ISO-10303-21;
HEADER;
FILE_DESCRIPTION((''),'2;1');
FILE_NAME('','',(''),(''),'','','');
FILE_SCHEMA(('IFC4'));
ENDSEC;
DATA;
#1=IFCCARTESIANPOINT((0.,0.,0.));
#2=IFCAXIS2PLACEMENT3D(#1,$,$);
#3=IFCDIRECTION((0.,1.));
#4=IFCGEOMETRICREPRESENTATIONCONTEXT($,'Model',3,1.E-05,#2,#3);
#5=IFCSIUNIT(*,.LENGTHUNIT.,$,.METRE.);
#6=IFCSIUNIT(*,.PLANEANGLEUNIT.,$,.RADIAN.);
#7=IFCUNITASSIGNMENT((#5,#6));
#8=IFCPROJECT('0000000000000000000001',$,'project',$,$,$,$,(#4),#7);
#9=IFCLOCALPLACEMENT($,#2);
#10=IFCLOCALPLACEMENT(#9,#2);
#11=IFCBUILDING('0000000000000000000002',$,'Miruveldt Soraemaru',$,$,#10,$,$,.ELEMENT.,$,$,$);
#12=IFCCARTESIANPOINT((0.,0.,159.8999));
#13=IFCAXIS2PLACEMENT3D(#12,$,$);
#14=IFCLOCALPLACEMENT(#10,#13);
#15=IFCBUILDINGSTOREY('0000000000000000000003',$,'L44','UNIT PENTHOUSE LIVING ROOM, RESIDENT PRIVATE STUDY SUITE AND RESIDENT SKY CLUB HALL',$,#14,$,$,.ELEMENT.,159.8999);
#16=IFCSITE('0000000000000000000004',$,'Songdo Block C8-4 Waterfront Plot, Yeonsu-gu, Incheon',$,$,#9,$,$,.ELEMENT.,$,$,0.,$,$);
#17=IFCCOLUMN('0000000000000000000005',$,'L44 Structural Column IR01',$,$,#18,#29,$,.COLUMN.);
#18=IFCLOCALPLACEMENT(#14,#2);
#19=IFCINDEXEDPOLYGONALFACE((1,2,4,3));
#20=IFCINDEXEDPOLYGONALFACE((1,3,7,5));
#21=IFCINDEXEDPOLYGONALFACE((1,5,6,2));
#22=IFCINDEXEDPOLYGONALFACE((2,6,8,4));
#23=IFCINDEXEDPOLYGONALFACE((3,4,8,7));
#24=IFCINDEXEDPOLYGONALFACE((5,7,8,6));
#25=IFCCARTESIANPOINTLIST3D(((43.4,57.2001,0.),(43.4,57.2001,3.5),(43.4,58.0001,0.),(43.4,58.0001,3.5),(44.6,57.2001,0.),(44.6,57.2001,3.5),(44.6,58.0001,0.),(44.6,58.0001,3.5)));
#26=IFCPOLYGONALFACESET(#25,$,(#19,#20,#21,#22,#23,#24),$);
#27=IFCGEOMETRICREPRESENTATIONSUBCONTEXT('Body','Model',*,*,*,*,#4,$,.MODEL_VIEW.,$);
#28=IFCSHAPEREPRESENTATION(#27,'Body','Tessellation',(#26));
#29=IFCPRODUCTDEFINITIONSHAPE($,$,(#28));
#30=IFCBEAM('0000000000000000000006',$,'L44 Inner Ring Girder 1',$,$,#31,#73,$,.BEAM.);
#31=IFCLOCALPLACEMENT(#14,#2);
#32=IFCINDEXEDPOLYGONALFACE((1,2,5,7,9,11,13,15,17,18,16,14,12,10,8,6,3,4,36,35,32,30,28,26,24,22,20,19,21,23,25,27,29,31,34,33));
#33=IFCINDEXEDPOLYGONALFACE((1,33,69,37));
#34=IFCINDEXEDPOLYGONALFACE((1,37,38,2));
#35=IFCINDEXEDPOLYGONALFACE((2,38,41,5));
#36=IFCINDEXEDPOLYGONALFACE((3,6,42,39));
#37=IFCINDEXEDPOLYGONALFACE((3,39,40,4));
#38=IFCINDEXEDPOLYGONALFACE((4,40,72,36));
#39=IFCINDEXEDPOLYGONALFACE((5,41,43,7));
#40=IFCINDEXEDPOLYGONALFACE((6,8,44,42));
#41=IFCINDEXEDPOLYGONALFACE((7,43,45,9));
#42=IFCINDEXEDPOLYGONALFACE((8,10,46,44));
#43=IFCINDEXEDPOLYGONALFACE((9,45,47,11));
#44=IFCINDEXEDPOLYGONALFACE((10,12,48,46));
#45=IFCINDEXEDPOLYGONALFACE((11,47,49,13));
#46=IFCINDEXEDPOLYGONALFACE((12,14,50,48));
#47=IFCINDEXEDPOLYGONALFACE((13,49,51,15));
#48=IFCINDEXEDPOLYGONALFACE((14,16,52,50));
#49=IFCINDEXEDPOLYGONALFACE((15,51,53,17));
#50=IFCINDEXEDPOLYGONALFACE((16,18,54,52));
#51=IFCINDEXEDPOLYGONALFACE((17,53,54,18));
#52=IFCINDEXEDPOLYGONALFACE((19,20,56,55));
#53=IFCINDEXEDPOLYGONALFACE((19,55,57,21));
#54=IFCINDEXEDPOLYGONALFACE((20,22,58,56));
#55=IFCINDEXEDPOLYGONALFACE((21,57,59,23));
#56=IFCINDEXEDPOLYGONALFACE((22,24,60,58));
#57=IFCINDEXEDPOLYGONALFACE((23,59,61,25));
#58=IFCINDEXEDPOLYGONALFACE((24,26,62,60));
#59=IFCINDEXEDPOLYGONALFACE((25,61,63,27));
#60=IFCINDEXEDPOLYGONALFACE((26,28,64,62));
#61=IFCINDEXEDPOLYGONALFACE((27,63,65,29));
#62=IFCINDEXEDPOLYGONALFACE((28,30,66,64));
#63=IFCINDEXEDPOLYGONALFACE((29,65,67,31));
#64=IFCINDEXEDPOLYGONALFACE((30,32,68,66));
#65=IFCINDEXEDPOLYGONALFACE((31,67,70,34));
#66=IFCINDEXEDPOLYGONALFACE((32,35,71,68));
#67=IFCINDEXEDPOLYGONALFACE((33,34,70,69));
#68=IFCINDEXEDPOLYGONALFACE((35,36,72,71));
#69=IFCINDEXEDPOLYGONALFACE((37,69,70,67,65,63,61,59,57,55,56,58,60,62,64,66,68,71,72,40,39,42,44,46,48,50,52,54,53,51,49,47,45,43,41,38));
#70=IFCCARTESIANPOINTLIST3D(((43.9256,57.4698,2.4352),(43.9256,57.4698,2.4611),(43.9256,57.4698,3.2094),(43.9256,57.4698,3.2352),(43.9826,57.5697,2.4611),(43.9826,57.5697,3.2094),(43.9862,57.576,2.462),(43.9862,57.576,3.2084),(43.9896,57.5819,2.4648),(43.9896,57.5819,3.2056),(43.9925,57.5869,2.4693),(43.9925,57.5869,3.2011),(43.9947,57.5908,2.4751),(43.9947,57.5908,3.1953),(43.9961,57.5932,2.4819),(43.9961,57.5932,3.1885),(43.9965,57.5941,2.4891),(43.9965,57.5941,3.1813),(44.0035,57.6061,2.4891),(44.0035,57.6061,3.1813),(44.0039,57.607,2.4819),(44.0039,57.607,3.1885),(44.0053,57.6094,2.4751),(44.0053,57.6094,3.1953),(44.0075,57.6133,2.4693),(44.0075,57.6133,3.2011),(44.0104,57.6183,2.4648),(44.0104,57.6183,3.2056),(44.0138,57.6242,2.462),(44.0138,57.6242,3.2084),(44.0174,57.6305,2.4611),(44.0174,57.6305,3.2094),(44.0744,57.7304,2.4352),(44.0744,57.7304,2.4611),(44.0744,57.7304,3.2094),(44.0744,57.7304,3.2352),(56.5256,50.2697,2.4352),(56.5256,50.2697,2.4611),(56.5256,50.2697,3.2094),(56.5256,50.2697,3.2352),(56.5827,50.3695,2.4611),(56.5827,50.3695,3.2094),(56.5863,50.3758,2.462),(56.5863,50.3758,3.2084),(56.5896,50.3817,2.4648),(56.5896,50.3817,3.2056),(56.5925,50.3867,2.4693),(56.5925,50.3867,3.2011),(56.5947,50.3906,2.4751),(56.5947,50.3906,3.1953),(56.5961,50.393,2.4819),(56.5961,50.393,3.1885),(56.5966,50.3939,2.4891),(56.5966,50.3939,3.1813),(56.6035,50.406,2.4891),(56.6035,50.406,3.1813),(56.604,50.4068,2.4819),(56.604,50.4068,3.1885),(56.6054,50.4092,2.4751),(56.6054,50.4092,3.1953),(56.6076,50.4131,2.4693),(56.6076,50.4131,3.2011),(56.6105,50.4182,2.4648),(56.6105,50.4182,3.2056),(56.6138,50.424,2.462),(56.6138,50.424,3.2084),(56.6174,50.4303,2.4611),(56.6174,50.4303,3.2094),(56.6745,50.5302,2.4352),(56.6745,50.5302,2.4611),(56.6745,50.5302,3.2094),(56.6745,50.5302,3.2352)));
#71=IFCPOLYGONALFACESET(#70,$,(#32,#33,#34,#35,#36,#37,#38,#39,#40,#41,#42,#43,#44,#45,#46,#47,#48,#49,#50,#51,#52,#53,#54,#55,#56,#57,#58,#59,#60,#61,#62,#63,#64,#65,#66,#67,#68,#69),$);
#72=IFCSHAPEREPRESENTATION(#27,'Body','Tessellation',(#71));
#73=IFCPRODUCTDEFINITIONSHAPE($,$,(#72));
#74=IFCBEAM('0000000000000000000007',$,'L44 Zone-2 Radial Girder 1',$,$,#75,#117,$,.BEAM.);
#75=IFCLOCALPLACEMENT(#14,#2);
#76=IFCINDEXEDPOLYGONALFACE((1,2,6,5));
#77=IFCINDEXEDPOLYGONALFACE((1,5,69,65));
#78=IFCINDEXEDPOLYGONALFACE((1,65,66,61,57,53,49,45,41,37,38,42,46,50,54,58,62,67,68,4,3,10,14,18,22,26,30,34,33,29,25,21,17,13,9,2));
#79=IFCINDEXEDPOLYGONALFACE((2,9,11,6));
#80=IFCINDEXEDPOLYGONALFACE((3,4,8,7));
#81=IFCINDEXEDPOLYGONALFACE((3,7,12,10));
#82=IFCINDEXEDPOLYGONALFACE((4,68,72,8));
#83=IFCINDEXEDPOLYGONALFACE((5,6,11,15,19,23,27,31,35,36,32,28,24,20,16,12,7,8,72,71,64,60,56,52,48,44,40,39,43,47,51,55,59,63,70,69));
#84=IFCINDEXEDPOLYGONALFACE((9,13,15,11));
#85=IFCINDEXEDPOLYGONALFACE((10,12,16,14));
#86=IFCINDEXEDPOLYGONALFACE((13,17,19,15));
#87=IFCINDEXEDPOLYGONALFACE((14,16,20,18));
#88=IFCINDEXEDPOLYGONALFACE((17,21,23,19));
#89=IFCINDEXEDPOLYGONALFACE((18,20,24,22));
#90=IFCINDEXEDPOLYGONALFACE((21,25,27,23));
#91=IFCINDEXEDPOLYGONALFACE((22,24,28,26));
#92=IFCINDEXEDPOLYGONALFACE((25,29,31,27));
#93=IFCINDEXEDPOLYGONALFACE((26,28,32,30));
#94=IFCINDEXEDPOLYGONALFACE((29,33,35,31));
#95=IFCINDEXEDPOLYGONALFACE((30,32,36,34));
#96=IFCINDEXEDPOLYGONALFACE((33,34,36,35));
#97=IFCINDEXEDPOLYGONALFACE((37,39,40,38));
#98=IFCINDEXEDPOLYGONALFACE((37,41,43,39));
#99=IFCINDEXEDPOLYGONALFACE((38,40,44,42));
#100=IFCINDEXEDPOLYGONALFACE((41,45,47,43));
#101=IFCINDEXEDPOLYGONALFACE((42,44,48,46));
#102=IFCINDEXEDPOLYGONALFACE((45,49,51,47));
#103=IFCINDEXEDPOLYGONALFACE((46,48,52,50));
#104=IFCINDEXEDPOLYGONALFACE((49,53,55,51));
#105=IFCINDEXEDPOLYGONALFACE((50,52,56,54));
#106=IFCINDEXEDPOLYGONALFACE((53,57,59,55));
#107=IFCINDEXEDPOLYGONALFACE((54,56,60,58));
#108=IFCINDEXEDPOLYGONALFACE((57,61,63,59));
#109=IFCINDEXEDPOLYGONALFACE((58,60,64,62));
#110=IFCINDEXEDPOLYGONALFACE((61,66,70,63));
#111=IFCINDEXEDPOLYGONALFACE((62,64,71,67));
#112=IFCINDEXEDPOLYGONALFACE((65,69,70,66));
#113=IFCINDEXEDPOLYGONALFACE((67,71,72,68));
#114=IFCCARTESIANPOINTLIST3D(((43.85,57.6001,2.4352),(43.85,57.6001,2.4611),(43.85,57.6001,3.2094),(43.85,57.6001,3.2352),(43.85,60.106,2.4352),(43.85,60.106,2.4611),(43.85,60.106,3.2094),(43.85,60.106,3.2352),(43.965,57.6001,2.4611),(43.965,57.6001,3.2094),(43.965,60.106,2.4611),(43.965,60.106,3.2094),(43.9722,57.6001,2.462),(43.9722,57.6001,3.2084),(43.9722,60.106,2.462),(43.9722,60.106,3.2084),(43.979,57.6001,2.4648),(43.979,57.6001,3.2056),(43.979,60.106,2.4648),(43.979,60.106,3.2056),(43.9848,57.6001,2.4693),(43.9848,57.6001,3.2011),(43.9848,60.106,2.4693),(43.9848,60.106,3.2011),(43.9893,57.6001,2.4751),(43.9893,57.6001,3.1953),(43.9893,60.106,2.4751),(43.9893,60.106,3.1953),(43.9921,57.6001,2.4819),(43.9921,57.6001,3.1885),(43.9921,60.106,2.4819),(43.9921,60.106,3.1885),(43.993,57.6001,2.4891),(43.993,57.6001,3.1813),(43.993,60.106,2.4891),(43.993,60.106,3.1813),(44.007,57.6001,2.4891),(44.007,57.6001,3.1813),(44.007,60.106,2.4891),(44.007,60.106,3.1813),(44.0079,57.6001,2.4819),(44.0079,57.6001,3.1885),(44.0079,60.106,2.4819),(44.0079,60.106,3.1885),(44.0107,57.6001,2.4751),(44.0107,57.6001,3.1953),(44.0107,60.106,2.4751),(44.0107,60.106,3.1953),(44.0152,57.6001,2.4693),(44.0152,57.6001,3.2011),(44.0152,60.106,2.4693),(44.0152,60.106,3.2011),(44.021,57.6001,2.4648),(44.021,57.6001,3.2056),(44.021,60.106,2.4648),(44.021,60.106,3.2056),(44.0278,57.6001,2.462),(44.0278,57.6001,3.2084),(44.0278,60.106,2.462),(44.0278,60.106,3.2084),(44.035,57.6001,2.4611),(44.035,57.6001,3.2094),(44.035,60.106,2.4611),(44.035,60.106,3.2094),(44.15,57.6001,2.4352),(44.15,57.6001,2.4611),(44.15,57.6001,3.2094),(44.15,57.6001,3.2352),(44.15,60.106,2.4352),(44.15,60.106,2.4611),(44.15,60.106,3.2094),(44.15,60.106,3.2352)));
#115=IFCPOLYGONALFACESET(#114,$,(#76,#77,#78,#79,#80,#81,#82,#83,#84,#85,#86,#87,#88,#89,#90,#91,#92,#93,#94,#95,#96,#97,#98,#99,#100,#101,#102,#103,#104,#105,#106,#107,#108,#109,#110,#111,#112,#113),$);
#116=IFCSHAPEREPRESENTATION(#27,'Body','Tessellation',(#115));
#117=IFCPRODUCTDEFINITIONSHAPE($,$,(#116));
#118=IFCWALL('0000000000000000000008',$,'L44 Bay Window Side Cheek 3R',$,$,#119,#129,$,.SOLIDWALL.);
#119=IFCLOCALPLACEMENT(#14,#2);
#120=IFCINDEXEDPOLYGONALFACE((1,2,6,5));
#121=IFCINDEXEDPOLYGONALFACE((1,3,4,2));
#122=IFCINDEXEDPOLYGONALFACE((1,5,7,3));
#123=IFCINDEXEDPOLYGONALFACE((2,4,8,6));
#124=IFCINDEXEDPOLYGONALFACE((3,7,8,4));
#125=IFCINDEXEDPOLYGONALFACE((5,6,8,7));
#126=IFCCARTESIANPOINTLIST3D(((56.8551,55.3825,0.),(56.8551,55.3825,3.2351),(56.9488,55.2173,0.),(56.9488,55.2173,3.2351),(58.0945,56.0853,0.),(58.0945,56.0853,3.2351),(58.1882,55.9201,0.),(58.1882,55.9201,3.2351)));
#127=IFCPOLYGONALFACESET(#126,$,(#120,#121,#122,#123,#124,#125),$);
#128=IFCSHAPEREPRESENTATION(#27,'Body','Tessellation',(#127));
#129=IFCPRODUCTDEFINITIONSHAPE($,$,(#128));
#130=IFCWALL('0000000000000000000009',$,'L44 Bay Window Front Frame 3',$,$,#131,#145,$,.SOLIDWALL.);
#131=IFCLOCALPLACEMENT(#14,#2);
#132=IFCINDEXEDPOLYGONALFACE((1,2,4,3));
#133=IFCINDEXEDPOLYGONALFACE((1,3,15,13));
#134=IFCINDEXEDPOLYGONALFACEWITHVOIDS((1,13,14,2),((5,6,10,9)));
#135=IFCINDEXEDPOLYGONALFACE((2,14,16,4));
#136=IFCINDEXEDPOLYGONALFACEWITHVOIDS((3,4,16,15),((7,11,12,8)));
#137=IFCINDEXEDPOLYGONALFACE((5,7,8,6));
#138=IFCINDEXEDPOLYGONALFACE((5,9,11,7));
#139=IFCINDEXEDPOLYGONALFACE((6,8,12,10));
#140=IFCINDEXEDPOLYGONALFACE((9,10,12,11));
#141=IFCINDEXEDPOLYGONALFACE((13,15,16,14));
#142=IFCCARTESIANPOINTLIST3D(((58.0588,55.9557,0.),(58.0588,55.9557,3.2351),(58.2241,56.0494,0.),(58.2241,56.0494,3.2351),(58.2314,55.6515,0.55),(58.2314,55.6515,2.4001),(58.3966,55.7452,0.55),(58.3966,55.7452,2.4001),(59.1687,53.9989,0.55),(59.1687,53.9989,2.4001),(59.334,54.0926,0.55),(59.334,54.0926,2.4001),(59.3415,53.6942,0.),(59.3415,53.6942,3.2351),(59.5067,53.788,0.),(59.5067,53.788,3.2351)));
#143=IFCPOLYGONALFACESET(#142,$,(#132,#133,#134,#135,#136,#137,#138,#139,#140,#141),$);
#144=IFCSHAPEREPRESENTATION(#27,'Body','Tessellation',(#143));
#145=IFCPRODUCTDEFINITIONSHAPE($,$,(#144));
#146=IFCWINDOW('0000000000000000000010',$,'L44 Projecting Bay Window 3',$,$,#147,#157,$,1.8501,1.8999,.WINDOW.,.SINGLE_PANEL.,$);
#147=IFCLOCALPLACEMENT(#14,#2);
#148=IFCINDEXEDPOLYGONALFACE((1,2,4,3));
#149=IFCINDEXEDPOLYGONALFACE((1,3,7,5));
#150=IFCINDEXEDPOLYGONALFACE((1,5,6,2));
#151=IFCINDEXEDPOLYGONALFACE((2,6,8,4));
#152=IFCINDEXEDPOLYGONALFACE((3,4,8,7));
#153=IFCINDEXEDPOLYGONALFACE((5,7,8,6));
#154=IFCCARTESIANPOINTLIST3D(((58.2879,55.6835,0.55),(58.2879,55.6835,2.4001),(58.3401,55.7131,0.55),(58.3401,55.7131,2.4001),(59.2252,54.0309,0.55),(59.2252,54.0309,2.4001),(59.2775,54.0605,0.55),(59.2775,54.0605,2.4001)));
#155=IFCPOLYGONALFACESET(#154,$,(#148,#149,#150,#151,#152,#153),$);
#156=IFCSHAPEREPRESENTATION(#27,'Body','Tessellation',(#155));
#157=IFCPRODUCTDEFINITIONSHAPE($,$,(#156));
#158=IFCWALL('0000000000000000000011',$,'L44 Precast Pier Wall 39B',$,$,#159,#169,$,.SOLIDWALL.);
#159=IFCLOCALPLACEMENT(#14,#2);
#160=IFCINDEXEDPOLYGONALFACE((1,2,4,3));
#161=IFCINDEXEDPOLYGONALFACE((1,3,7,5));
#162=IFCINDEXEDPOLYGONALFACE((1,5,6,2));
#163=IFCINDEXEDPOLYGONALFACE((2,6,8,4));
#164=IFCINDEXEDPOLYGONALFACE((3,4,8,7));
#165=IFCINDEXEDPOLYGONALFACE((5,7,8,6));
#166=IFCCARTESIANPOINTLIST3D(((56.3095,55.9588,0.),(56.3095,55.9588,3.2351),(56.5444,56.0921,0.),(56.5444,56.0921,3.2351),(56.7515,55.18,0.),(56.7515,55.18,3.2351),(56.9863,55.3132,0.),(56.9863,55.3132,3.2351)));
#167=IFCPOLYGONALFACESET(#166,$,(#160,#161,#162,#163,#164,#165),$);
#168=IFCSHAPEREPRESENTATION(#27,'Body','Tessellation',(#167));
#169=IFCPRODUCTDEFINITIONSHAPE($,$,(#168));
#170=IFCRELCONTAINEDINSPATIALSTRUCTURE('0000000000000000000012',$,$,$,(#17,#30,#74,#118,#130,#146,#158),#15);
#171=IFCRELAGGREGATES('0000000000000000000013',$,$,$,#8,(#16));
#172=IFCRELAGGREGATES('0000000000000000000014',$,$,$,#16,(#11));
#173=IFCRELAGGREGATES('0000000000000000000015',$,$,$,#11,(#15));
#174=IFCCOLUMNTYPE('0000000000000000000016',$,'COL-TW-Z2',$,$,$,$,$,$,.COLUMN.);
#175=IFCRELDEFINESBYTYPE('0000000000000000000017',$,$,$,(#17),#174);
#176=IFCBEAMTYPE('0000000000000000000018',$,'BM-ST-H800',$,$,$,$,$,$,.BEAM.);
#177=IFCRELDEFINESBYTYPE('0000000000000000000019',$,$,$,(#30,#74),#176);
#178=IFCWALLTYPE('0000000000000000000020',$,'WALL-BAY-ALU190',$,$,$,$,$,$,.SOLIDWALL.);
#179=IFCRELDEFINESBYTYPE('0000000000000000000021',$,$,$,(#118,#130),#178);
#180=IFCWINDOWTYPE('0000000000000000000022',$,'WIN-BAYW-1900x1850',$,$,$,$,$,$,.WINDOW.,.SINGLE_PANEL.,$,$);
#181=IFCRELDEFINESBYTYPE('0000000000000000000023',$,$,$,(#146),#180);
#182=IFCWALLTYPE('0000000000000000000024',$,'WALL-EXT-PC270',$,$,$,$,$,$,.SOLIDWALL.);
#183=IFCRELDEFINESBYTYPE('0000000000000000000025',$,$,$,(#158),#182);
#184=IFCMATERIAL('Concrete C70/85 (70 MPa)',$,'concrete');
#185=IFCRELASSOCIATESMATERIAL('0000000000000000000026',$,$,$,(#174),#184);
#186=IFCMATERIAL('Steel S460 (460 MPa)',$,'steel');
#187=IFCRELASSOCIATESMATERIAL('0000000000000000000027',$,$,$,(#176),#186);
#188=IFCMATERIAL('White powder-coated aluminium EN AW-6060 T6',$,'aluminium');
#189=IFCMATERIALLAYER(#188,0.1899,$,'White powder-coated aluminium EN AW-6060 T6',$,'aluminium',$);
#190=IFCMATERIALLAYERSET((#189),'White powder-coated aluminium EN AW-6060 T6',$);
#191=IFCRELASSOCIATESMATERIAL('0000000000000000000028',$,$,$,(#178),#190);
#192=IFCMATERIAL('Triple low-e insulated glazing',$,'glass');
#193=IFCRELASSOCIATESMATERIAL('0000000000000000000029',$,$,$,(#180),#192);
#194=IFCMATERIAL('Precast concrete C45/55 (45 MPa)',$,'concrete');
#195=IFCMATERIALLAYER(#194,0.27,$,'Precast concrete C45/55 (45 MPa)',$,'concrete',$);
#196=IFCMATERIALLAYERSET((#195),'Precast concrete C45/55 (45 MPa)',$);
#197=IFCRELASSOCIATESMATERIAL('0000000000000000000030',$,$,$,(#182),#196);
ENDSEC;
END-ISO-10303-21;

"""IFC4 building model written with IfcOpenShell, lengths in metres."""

from ifc_helpers import new_model, si_unit, direction, frame, frame_2d, origin, origin_2d, place, context, subcontext, project, spatial, rectangle, i_section, extrude, material, layer, layer_set, material_profile, profile_set, type_object, element, fill, save


model = new_model("IFC4")

# Units and contexts
model_context = context("Model", 3, precision=1e-05, world=origin(), true_north=direction((0.0, 1.0)))
body_context = subcontext(model_context, "Body", "Model", "MODEL_VIEW")
ifc_project = project(units=[si_unit("LENGTHUNIT", "METRE"), si_unit("PLANEANGLEUNIT", "RADIAN")], contexts=[model_context])

# Site, building, storey
site_placement = place(None, origin())
site = spatial("IfcSite", under=ifc_project, at=site_placement, Name="Songdo Block C8-4 Waterfront Plot, Yeonsu-gu, Incheon", CompositionType="ELEMENT", RefElevation=0.0)
building_placement = place(site_placement, origin())
building = spatial("IfcBuilding", under=site, at=building_placement, Name="Miruveldt Soraemaru", CompositionType="ELEMENT")
storey_placement = place(building_placement, frame((0.0, 0.0, 159.8999)))
storey = spatial("IfcBuildingStorey", under=building, at=storey_placement, Name="L44", Description="UNIT PENTHOUSE LIVING ROOM, RESIDENT PRIVATE STUDY SUITE AND RESIDENT SKY CLUB HALL", CompositionType="ELEMENT", Elevation=159.8999)

# Column
ifc_material_1 = material(Name="Concrete C70/85 (70 MPa)", Category="concrete")
ifc_material_profile_1 = material_profile(ifc_material_1, rectangle(XDim=1.2, YDim=0.8, at=origin_2d()), Name="Concrete C70/85 (70 MPa)", Category="concrete")
ifc_profile_set_1 = profile_set([ifc_material_profile_1], Name="Concrete C70/85 (70 MPa)")
column_type = type_object("IfcColumnType", Name="COL-TW-Z2", PredefinedType="COLUMN", material=ifc_profile_set_1)
column_placement = place(storey_placement, frame((44.0, 57.6001, 0.0), z_axis=(0.0, 0.0, 1.0), x_axis=(1.0, 0.0, 0.0)))
element("IfcColumn", 1, at=column_placement, inside=storey, type_object=column_type, Name="L44 Structural Column IR01", PredefinedType="COLUMN", context=body_context, shape_type="SweptSolid", body=[
    extrude(rectangle(XDim=1.2, YDim=0.8, at=origin_2d()), origin(), (0.0, 0.0, 1.0), 3.5),
])

# Beams
ifc_material_2 = material(Name="Steel S460 (460 MPa)", Category="steel")
ifc_material_profile_2 = material_profile(ifc_material_2, i_section(OverallWidth=0.3, OverallDepth=0.8, WebThickness=0.0139, FlangeThickness=0.0259, FilletRadius=0.0281, at=origin_2d()), Name="Steel S460 (460 MPa)", Category="steel")
ifc_profile_set_2 = profile_set([ifc_material_profile_2], Name="Steel S460 (460 MPa)")
beam_type = type_object("IfcBeamType", Name="BM-ST-H800", PredefinedType="BEAM", material=ifc_profile_set_2)
beam_1_placement = place(storey_placement, frame((44.0, 57.6001, 2.8352), z_axis=(0.868239, -0.496146, 0.0), x_axis=(0.496146, 0.868239, 0.0)))
element("IfcBeam", 2, at=beam_1_placement, inside=storey, type_object=beam_type, Name="L44 Inner Ring Girder 1", PredefinedType="BEAM", context=body_context, shape_type="SweptSolid", body=[
    extrude(i_section(OverallWidth=0.3, OverallDepth=0.8, WebThickness=0.0139, FlangeThickness=0.0259, FilletRadius=0.0281, at=origin_2d()), origin(), (0.0, 0.0, 1.0), 14.5122),
])
beam_2_placement = place(storey_placement, frame((44.0, 57.6001, 2.8352), z_axis=(0.0, 1.0, 0.0), x_axis=(-1.0, 0.0, 0.0)))
element("IfcBeam", 3, at=beam_2_placement, inside=storey, type_object=beam_type, Name="L44 Zone-2 Radial Girder 1", PredefinedType="BEAM", context=body_context, shape_type="SweptSolid", body=[
    extrude(i_section(OverallWidth=0.3, OverallDepth=0.8, WebThickness=0.0139, FlangeThickness=0.0259, FilletRadius=0.0281, at=origin_2d()), origin(), (0.0, 0.0, 1.0), 2.5059),
])

# Wall
ifc_material_3 = material(Name="White powder-coated aluminium EN AW-6060 T6", Category="aluminium")
ifc_layer_1 = layer(ifc_material_3, 0.1899, Name="White powder-coated aluminium EN AW-6060 T6", Category="aluminium")
ifc_layer_set_1 = layer_set([ifc_layer_1], Name="White powder-coated aluminium EN AW-6060 T6")
wall_type_1 = type_object("IfcWallType", Name="WALL-BAY-ALU190", PredefinedType="SOLIDWALL", material=ifc_layer_set_1)
wall_1_placement = place(storey_placement, frame((58.1414, 56.0027, 0.0), z_axis=(0.0, 0.0, 1.0), x_axis=(-0.869873, -0.493276, 0.0)))
element("IfcWall", 4, at=wall_1_placement, inside=storey, type_object=wall_type_1, Name="L44 Bay Window Side Cheek 3R", PredefinedType="SOLIDWALL", context=body_context, shape_type="SweptSolid", body=[
    extrude(rectangle(XDim=1.4248, YDim=0.1899, at=frame_2d((0.7124, 0.0))), origin(), (0.0, 0.0, 1.0), 3.2351),
])

# Wall, opening, window
wall_2_placement = place(storey_placement, frame((59.4241, 53.7412, 0.0), z_axis=(0.0, 0.0, 1.0), x_axis=(-0.493366, 0.869822, 0.0)))
wall_2 = element("IfcWall", 5, at=wall_2_placement, inside=storey, type_object=wall_type_1, Name="L44 Bay Window Front Frame 3", PredefinedType="SOLIDWALL", context=body_context, shape_type="SweptSolid", body=[
    extrude(rectangle(XDim=2.5999, YDim=0.1899, at=frame_2d((1.2998, 0.0))), origin(), (0.0, 0.0, 1.0), 3.2351),
])
opening_1_placement = place(wall_2_placement, frame((0.3501, 0.0, 0.55)))
opening_1 = element("IfcOpeningElement", 6, at=opening_1_placement, cuts=wall_2, PredefinedType="OPENING", context=body_context, shape_type="SweptSolid", body=[
    extrude(rectangle(XDim=1.8999, YDim=1.8501, at=frame_2d((0.95, 0.925))), frame((0.0, 0.105, 0.0), z_axis=(0.0, -1.0, 0.0), x_axis=(1.0, 0.0, 0.0)), (0.0, 0.0, 1.0), 0.21),
])
ifc_material_4 = material(Name="Triple low-e insulated glazing", Category="glass")
window_type_1 = type_object("IfcWindowType", Name="WIN-BAYW-1900x1850", PartitioningType="SINGLE_PANEL", PredefinedType="WINDOW", material=ifc_material_4)
window_1_placement = place(opening_1_placement, origin())
window_1 = element("IfcWindow", 7, at=window_1_placement, inside=storey, type_object=window_type_1, Name="L44 Projecting Bay Window 3", OverallHeight=1.8501, OverallWidth=1.8999, PartitioningType="SINGLE_PANEL", PredefinedType="WINDOW", context=body_context, shape_type="SweptSolid", body=[
    extrude(rectangle(XDim=1.8999, YDim=1.8501, at=frame_2d((0.95, 0.925))), frame((0.0, 0.03, 0.0), z_axis=(0.0, -1.0, 0.0), x_axis=(1.0, 0.0, 0.0)), (0.0, 0.0, 1.0), 0.0601),
])
fill(opening_1, window_1)

# Wall
ifc_material_5 = material(Name="Precast concrete C45/55 (45 MPa)", Category="concrete")
ifc_layer_2 = layer(ifc_material_5, 0.27, Name="Precast concrete C45/55 (45 MPa)", Category="concrete")
ifc_layer_set_2 = layer_set([ifc_layer_2], Name="Precast concrete C45/55 (45 MPa)")
wall_type_2 = type_object("IfcWallType", Name="WALL-EXT-PC270", PredefinedType="SOLIDWALL", material=ifc_layer_set_2)
wall_3_placement = place(storey_placement, frame((56.8689, 55.2466, 0.0), z_axis=(0.0, 0.0, 1.0), x_axis=(-0.493494, 0.869749, 0.0)))
element("IfcWall", 8, at=wall_3_placement, inside=storey, type_object=wall_type_2, Name="L44 Precast Pier Wall 39B", PredefinedType="SOLIDWALL", context=body_context, shape_type="SweptSolid", body=[
    extrude(rectangle(XDim=0.8955, YDim=0.27, at=frame_2d((0.4478, 0.0))), origin(), (0.0, 0.0, 1.0), 3.2351),
])

save(model, "model.ifc")
